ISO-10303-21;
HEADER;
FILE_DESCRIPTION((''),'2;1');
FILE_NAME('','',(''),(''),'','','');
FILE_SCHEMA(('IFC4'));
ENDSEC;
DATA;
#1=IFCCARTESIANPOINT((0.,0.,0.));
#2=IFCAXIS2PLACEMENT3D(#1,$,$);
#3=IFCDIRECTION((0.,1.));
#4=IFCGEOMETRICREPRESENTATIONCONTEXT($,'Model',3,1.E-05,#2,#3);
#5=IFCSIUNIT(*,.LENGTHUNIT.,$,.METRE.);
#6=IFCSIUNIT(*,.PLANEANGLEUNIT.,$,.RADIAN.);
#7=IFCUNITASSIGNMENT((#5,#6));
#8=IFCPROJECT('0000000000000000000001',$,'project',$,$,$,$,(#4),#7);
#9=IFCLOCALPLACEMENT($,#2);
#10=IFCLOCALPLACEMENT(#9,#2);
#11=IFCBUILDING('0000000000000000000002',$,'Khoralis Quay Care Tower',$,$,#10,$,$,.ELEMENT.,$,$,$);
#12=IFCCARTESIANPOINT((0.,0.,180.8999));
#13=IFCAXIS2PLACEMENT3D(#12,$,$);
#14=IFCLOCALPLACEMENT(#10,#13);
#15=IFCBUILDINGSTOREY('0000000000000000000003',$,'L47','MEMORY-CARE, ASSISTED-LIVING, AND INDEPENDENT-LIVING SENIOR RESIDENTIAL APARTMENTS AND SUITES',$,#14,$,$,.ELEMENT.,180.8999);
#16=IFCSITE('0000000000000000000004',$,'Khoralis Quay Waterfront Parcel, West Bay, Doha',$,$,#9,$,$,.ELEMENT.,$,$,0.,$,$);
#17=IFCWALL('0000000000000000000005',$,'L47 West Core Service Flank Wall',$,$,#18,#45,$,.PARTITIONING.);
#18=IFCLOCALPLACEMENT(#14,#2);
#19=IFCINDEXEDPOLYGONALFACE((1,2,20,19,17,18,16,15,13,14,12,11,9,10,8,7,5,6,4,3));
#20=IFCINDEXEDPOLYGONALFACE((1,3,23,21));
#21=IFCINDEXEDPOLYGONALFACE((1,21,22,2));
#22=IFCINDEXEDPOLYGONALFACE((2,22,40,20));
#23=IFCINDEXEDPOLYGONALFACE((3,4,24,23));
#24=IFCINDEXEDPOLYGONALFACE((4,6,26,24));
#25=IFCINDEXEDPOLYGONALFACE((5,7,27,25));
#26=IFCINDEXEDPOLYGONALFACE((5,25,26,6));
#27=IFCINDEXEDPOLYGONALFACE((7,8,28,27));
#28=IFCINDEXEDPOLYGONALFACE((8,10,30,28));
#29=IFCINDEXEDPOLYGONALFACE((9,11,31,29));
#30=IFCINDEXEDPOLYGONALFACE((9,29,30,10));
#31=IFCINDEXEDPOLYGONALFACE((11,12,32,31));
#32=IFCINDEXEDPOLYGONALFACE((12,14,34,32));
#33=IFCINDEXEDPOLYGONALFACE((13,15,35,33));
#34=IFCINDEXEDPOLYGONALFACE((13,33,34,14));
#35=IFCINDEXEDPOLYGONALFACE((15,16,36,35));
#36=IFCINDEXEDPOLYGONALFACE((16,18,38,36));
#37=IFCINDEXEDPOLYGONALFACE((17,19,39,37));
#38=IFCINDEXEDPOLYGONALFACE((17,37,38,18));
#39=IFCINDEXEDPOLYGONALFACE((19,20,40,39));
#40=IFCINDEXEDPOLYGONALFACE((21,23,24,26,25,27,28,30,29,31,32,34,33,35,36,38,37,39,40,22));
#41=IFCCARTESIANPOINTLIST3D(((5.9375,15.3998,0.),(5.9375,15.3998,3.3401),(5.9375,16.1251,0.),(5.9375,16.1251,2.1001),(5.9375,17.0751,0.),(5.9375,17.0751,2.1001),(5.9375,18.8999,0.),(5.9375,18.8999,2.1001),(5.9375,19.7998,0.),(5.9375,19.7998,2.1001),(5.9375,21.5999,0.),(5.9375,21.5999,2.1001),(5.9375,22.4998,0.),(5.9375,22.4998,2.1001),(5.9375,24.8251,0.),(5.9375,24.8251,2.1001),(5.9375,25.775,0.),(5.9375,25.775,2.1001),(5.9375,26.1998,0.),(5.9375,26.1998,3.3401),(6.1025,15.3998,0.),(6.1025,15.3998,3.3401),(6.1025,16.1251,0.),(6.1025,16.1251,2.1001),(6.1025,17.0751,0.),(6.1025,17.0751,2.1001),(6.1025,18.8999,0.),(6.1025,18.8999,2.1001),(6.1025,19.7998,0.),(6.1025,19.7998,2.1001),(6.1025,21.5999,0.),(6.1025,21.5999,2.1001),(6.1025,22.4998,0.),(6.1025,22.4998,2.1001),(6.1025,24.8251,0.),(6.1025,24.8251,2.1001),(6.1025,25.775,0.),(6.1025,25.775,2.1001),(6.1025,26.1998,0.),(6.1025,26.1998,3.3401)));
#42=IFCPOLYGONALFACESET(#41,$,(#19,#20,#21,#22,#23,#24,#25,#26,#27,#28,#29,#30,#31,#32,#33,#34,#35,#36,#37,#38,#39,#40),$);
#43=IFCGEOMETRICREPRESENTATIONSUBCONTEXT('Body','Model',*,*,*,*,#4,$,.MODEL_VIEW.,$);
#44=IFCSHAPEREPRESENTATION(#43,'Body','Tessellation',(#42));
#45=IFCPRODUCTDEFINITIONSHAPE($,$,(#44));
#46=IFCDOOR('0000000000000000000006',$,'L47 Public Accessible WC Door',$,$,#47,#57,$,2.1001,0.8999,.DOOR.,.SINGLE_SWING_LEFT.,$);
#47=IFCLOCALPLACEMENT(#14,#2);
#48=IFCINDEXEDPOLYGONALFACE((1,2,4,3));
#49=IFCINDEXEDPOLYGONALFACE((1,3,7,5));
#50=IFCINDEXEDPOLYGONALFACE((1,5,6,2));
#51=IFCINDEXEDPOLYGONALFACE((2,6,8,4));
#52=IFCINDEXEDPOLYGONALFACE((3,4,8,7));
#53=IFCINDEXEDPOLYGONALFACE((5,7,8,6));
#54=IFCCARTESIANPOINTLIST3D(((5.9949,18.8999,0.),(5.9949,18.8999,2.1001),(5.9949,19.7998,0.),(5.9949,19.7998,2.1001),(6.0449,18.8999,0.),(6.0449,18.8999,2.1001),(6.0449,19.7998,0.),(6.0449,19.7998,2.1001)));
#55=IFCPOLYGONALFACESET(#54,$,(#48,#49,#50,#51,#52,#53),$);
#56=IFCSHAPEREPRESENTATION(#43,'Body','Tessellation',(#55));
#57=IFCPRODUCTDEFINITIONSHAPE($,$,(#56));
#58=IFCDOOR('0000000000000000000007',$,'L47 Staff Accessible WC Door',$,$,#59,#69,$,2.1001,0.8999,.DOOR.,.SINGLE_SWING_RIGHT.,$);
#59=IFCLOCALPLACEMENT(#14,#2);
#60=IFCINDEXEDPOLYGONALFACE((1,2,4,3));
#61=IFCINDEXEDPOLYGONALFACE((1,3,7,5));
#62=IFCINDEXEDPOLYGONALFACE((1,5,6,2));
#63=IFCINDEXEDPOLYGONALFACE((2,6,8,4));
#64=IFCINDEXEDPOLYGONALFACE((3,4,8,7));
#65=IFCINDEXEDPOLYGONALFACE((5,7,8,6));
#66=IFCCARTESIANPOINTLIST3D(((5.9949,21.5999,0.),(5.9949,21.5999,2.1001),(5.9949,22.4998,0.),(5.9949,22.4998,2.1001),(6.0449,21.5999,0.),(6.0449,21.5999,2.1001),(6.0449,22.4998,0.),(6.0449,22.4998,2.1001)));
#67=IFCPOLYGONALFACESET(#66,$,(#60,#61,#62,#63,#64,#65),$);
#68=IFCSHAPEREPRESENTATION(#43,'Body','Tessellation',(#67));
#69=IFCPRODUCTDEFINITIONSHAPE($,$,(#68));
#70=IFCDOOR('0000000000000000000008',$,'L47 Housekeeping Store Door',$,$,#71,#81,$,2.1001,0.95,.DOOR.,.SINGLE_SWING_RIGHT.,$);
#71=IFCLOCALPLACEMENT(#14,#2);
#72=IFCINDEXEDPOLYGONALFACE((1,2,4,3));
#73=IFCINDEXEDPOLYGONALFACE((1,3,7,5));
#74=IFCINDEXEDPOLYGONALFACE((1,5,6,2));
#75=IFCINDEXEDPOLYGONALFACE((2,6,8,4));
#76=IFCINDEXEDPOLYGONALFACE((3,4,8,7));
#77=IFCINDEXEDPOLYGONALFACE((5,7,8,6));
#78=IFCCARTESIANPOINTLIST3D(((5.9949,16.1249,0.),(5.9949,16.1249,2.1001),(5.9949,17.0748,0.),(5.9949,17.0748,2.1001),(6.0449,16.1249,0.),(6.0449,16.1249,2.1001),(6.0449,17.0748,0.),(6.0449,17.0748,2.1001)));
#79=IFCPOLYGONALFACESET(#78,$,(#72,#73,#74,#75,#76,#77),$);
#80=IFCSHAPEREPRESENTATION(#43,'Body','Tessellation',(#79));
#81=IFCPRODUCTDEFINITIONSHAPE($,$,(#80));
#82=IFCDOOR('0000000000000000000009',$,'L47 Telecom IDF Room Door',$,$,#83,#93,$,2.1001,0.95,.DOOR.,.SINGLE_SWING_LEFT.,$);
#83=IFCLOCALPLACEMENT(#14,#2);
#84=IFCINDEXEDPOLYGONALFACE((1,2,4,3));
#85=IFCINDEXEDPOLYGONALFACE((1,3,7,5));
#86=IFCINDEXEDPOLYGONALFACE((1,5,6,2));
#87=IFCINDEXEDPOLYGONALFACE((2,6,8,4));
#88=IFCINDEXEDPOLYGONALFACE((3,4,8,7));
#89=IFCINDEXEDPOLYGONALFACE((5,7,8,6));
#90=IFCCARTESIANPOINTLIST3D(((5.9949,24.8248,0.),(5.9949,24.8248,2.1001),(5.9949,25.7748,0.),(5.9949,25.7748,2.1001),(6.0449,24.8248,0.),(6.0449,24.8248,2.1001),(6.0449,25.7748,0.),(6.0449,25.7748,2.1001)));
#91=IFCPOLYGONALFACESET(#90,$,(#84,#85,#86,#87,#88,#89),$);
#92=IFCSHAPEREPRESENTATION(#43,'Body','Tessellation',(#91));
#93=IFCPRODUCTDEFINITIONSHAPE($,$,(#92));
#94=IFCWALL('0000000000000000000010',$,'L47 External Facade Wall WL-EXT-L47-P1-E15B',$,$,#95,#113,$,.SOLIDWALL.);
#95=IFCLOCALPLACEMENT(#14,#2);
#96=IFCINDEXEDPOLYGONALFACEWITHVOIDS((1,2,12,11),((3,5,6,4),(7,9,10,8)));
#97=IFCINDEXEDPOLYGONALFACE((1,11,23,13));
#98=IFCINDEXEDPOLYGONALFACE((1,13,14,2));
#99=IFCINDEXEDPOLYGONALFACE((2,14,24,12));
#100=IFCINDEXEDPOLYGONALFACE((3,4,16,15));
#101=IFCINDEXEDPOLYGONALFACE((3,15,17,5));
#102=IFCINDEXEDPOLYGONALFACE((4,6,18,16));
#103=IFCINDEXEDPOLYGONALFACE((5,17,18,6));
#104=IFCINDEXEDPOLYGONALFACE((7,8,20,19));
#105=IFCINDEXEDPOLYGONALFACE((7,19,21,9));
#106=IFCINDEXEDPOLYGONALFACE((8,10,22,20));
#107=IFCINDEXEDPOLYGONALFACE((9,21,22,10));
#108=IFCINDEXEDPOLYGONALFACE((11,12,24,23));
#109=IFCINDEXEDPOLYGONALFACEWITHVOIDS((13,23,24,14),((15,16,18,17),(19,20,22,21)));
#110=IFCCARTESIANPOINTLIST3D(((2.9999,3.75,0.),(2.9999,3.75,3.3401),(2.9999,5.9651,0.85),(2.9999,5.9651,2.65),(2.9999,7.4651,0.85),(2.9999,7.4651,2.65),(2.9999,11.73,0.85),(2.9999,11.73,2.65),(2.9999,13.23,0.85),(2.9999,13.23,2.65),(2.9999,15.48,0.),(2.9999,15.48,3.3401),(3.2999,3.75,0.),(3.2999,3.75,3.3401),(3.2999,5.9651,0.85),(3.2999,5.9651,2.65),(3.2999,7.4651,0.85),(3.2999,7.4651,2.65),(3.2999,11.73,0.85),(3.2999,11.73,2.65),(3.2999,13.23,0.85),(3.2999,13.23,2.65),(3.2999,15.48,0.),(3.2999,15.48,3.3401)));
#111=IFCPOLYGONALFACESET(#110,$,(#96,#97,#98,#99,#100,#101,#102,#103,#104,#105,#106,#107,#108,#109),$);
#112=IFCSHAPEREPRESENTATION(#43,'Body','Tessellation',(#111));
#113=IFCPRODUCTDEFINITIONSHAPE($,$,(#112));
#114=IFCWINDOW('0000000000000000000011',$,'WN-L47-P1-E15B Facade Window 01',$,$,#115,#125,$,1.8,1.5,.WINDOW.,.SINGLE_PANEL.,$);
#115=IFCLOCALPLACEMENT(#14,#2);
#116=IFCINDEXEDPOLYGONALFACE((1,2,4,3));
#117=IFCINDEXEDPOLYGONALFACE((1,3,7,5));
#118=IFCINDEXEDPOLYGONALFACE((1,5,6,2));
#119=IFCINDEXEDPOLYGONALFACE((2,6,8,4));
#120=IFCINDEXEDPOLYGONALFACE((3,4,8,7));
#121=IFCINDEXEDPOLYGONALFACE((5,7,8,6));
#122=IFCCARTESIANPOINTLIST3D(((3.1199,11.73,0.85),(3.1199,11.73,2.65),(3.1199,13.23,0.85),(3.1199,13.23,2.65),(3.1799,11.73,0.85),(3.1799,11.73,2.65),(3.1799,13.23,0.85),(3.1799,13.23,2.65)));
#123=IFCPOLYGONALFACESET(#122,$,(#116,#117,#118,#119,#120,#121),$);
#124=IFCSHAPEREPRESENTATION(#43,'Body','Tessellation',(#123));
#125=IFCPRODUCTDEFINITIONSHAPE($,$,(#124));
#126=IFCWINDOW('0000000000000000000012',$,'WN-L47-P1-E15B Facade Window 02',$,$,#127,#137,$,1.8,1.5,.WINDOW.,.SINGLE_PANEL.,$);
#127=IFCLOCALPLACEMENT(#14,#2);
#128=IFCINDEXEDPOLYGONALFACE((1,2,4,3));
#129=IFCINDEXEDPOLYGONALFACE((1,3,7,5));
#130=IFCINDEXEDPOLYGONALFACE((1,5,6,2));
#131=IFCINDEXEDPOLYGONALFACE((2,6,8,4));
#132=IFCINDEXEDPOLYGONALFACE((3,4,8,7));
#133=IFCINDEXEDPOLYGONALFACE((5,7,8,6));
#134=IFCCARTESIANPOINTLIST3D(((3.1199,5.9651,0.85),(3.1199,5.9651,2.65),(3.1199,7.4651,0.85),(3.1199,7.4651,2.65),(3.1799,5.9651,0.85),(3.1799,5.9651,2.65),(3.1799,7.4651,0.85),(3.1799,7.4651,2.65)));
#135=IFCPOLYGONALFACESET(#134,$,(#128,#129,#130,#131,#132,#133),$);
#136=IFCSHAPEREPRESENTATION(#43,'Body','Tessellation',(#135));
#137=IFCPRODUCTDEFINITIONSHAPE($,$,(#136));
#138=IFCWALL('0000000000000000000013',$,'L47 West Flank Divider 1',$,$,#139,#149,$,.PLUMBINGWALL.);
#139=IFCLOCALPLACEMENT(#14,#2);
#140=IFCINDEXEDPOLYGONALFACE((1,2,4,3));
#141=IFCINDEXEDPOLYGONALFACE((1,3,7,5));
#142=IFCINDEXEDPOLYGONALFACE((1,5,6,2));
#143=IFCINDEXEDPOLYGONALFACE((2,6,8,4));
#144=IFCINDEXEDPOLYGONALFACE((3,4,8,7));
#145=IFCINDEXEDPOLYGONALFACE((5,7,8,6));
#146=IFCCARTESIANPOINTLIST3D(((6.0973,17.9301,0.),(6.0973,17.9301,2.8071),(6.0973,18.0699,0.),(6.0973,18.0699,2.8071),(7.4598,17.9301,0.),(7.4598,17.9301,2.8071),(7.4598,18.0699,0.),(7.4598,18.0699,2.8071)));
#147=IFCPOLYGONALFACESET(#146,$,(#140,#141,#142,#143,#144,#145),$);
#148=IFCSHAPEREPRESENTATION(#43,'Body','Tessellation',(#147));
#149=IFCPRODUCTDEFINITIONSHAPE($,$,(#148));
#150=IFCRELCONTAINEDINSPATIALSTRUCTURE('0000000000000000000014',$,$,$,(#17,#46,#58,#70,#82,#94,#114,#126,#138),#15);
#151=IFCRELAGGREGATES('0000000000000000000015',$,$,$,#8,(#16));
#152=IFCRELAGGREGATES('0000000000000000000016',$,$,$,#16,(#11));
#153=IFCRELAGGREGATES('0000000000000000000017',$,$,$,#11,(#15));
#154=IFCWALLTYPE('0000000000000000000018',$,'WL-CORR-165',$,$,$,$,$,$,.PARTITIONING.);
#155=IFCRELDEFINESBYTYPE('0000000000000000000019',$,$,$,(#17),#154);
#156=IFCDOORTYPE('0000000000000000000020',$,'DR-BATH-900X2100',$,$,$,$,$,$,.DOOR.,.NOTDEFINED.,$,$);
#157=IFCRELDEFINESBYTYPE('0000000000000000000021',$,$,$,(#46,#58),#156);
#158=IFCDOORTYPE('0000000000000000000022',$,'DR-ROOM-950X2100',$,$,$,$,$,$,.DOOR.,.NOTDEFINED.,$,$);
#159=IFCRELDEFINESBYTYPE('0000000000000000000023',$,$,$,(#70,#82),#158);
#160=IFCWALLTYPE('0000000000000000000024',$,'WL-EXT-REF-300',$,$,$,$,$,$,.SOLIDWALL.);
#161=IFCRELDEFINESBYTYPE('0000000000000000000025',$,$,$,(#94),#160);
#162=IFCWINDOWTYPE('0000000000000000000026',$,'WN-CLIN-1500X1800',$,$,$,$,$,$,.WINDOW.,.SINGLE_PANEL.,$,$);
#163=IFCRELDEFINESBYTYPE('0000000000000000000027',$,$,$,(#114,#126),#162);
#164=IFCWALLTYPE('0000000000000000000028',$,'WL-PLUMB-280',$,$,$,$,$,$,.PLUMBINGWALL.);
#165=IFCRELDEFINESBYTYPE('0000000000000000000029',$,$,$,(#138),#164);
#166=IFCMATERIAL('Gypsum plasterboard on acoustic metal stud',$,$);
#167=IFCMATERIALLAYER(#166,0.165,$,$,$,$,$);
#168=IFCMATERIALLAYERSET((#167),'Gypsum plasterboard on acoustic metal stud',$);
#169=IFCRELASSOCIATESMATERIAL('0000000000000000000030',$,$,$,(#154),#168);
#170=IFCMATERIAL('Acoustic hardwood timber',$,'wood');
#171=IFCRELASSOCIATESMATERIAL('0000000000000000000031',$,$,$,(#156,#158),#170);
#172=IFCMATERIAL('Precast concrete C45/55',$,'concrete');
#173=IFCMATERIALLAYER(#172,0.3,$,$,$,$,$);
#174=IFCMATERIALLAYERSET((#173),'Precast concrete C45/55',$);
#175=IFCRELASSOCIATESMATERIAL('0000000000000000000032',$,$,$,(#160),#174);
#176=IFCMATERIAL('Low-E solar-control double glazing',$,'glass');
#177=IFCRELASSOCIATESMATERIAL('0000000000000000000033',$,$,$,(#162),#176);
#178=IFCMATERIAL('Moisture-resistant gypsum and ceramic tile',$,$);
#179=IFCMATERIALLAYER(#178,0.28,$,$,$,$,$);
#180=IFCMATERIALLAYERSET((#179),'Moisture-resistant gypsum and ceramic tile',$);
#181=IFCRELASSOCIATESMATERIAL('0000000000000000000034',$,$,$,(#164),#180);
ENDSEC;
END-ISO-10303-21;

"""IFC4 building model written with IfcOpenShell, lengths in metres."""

from ifc_helpers import new_model, si_unit, direction, frame, frame_2d, origin, place, context, subcontext, project, spatial, rectangle, extrude, source, transform, mapped, material, layer, layer_set, type_object, element, fill, save


model = new_model("IFC4")

# Units and contexts
model_context = context("Model", 3, precision=1e-05, world=origin(), true_north=direction((0.0, 1.0)))
body_context = subcontext(model_context, "Body", "Model", "MODEL_VIEW")
ifc_project = project(units=[si_unit("LENGTHUNIT", "METRE"), si_unit("PLANEANGLEUNIT", "RADIAN")], contexts=[model_context])

# Site, building, storey
site_placement = place(None, origin())
site = spatial("IfcSite", under=ifc_project, at=site_placement, Name="Khoralis Quay Waterfront Parcel, West Bay, Doha", CompositionType="ELEMENT", RefElevation=0.0)
building_placement = place(site_placement, origin())
building = spatial("IfcBuilding", under=site, at=building_placement, Name="Khoralis Quay Care Tower", CompositionType="ELEMENT")
storey_placement = place(building_placement, frame((0.0, 0.0, 180.8999)))
storey = spatial("IfcBuildingStorey", under=building, at=storey_placement, Name="L47", Description="MEMORY-CARE, ASSISTED-LIVING, AND INDEPENDENT-LIVING SENIOR RESIDENTIAL APARTMENTS AND SUITES", CompositionType="ELEMENT", Elevation=180.8999)

# Shared definitions
ifc_material_1 = material(Name="Low-E solar-control double glazing", Category="glass")

# Wall, openings, doors
ifc_material_2 = material(Name="Gypsum plasterboard on acoustic metal stud")
ifc_layer_1 = layer(ifc_material_2, 0.165)
ifc_layer_set_1 = layer_set([ifc_layer_1], Name="Gypsum plasterboard on acoustic metal stud")
wall_type_1 = type_object("IfcWallType", Name="WL-CORR-165", PredefinedType="PARTITIONING", material=ifc_layer_set_1)
wall_1_placement = place(storey_placement, frame((6.02, 15.3999, 0.0), z_axis=(0.0, 0.0, 1.0), x_axis=(0.0, 1.0, 0.0)))
wall_1 = element("IfcWall", 1, at=wall_1_placement, inside=storey, type_object=wall_type_1, Name="L47 West Core Service Flank Wall", PredefinedType="PARTITIONING", context=body_context, shape_type="SweptSolid", body=[
    extrude(rectangle(XDim=10.8, YDim=0.165, at=frame_2d((5.3999, 0.0))), origin(), (0.0, 0.0, 1.0), 3.3401),
])
opening_1_placement = place(wall_1_placement, frame((0.7251, 0.0, 0.0)))
opening_1 = element("IfcOpeningElement", 2, at=opening_1_placement, cuts=wall_1, PredefinedType="OPENING", context=body_context, shape_type="SweptSolid", body=[
    extrude(rectangle(XDim=0.95, YDim=2.1001, at=frame_2d((0.4751, 1.05))), frame((0.0, 0.0925, 0.0), z_axis=(0.0, -1.0, 0.0), x_axis=(1.0, 0.0, 0.0)), (0.0, 0.0, 1.0), 0.1851),
])
opening_2_placement = place(wall_1_placement, frame((3.5, 0.0, 0.0)))
opening_2 = element("IfcOpeningElement", 3, at=opening_2_placement, cuts=wall_1, PredefinedType="OPENING", context=body_context, shape_type="SweptSolid", body=[
    extrude(rectangle(XDim=0.8999, YDim=2.1001, at=frame_2d((0.45, 1.05))), frame((0.0, 0.0925, 0.0), z_axis=(0.0, -1.0, 0.0), x_axis=(1.0, 0.0, 0.0)), (0.0, 0.0, 1.0), 0.1851),
])
opening_3_placement = place(wall_1_placement, frame((6.2, 0.0, 0.0)))
opening_3 = element("IfcOpeningElement", 4, at=opening_3_placement, cuts=wall_1, PredefinedType="OPENING", context=body_context, shape_type="SweptSolid", body=[
    extrude(rectangle(XDim=0.8999, YDim=2.1001, at=frame_2d((0.45, 1.05))), frame((0.0, 0.0925, 0.0), z_axis=(0.0, -1.0, 0.0), x_axis=(1.0, 0.0, 0.0)), (0.0, 0.0, 1.0), 0.1851),
])
opening_4_placement = place(wall_1_placement, frame((9.425, 0.0, 0.0)))
opening_4 = element("IfcOpeningElement", 5, at=opening_4_placement, cuts=wall_1, PredefinedType="OPENING", context=body_context, shape_type="SweptSolid", body=[
    extrude(rectangle(XDim=0.95, YDim=2.1001, at=frame_2d((0.4751, 1.05))), frame((0.0, 0.0925, 0.0), z_axis=(0.0, -1.0, 0.0), x_axis=(1.0, 0.0, 0.0)), (0.0, 0.0, 1.0), 0.1851),
])
ifc_material_3 = material(Name="Acoustic hardwood timber", Category="wood")
door_type_1 = type_object("IfcDoorType", Name="DR-BATH-900X2100", OperationType="NOTDEFINED", PredefinedType="DOOR", material=ifc_material_3)
shared_shape_1 = source(origin(), body_context, "Body", "SweptSolid", [
    extrude(rectangle(XDim=0.8999, YDim=2.1001, at=frame_2d((0.45, 1.05))), frame((0.0, 0.0249, 0.0), z_axis=(0.0, -1.0, 0.0), x_axis=(1.0, 0.0, 0.0)), (0.0, 0.0, 1.0), 0.05),
])
door_1_placement = place(opening_2_placement, frame((0.8999, 0.0, 0.0), z_axis=(0.0, 0.0, 1.0), x_axis=(-1.0, 0.0, 0.0)))
door_1 = element("IfcDoor", 6, at=door_1_placement, inside=storey, type_object=door_type_1, Name="L47 Public Accessible WC Door", OperationType="SINGLE_SWING_LEFT", OverallHeight=2.1001, OverallWidth=0.8999, PredefinedType="DOOR", context=body_context, shape_type="MappedRepresentation", body=[
    mapped(shared_shape_1, transform((0.0, 0.0, 0.0), scale=1.0)),
])
fill(opening_2, door_1)
door_2_placement = place(opening_3_placement, frame((0.8999, 0.0, 0.0), z_axis=(0.0, 0.0, 1.0), x_axis=(-1.0, 0.0, 0.0)))
door_2 = element("IfcDoor", 7, at=door_2_placement, inside=storey, type_object=door_type_1, Name="L47 Staff Accessible WC Door", OperationType="SINGLE_SWING_RIGHT", OverallHeight=2.1001, OverallWidth=0.8999, PredefinedType="DOOR", context=body_context, shape_type="MappedRepresentation", body=[
    mapped(shared_shape_1, transform((0.0, 0.0, 0.0), scale=1.0)),
])
fill(opening_3, door_2)
door_type_2 = type_object("IfcDoorType", Name="DR-ROOM-950X2100", OperationType="NOTDEFINED", PredefinedType="DOOR", material=ifc_material_3)
shared_shape_2 = source(origin(), body_context, "Body", "SweptSolid", [
    extrude(rectangle(XDim=0.95, YDim=2.1001, at=frame_2d((0.4751, 1.05))), frame((0.0, 0.0249, 0.0), z_axis=(0.0, -1.0, 0.0), x_axis=(1.0, 0.0, 0.0)), (0.0, 0.0, 1.0), 0.05),
])
door_3_placement = place(opening_1_placement, frame((0.95, 0.0, 0.0), z_axis=(0.0, 0.0, 1.0), x_axis=(-1.0, 0.0, 0.0)))
door_3 = element("IfcDoor", 8, at=door_3_placement, inside=storey, type_object=door_type_2, Name="L47 Housekeeping Store Door", OperationType="SINGLE_SWING_RIGHT", OverallHeight=2.1001, OverallWidth=0.95, PredefinedType="DOOR", context=body_context, shape_type="MappedRepresentation", body=[
    mapped(shared_shape_2, transform((0.0, 0.0, 0.0), scale=1.0)),
])
fill(opening_1, door_3)
door_4_placement = place(opening_4_placement, frame((0.95, 0.0, 0.0), z_axis=(0.0, 0.0, 1.0), x_axis=(-1.0, 0.0, 0.0)))
door_4 = element("IfcDoor", 9, at=door_4_placement, inside=storey, type_object=door_type_2, Name="L47 Telecom IDF Room Door", OperationType="SINGLE_SWING_LEFT", OverallHeight=2.1001, OverallWidth=0.95, PredefinedType="DOOR", context=body_context, shape_type="MappedRepresentation", body=[
    mapped(shared_shape_2, transform((0.0, 0.0, 0.0), scale=1.0)),
])
fill(opening_4, door_4)

# Wall, openings, windows
ifc_material_4 = material(Name="Precast concrete C45/55", Category="concrete")
ifc_layer_2 = layer(ifc_material_4, 0.3)
ifc_layer_set_2 = layer_set([ifc_layer_2], Name="Precast concrete C45/55")
wall_type_2 = type_object("IfcWallType", Name="WL-EXT-REF-300", PredefinedType="SOLIDWALL", material=ifc_layer_set_2)
wall_2_placement = place(storey_placement, frame((3.1499, 15.48, 0.0), z_axis=(0.0, 0.0, 1.0), x_axis=(0.0, -1.0, 0.0)))
wall_2 = element("IfcWall", 10, at=wall_2_placement, inside=storey, type_object=wall_type_2, Name="L47 External Facade Wall WL-EXT-L47-P1-E15B", PredefinedType="SOLIDWALL", context=body_context, shape_type="SweptSolid", body=[
    extrude(rectangle(XDim=11.73, YDim=0.3, at=frame_2d((5.865, 0.0))), origin(), (0.0, 0.0, 1.0), 3.3401),
])
opening_5_placement = place(wall_2_placement, frame((2.25, 0.0, 0.8501)))
opening_5 = element("IfcOpeningElement", 11, at=opening_5_placement, cuts=wall_2, PredefinedType="OPENING", context=body_context, shape_type="SweptSolid", body=[
    extrude(rectangle(XDim=1.5, YDim=1.8, at=frame_2d((0.75, 0.8999))), frame((0.0, 0.1602, 0.0), z_axis=(0.0, -1.0, 0.0), x_axis=(1.0, 0.0, 0.0)), (0.0, 0.0, 1.0), 0.3201),
])
opening_6_placement = place(wall_2_placement, frame((8.0149, 0.0, 0.8501)))
opening_6 = element("IfcOpeningElement", 12, at=opening_6_placement, cuts=wall_2, PredefinedType="OPENING", context=body_context, shape_type="SweptSolid", body=[
    extrude(rectangle(XDim=1.5, YDim=1.8, at=frame_2d((0.75, 0.8999))), frame((0.0, 0.1602, 0.0), z_axis=(0.0, -1.0, 0.0), x_axis=(1.0, 0.0, 0.0)), (0.0, 0.0, 1.0), 0.3201),
])
window_type = type_object("IfcWindowType", Name="WN-CLIN-1500X1800", PartitioningType="SINGLE_PANEL", PredefinedType="WINDOW", material=ifc_material_1)
shared_shape_3 = source(origin(), body_context, "Body", "SweptSolid", [
    extrude(rectangle(XDim=1.5, YDim=1.8, at=frame_2d((0.75, 0.8999))), frame((0.0, 0.03, 0.0), z_axis=(0.0, -1.0, 0.0), x_axis=(1.0, 0.0, 0.0)), (0.0, 0.0, 1.0), 0.0601),
])
window_1_placement = place(opening_5_placement, origin())
window_1 = element("IfcWindow", 13, at=window_1_placement, inside=storey, type_object=window_type, Name="WN-L47-P1-E15B Facade Window 01", OverallHeight=1.8, OverallWidth=1.5, PartitioningType="SINGLE_PANEL", PredefinedType="WINDOW", context=body_context, shape_type="MappedRepresentation", body=[
    mapped(shared_shape_3, transform((0.0, 0.0, 0.0), scale=1.0)),
])
fill(opening_5, window_1)
window_2_placement = place(opening_6_placement, origin())
window_2 = element("IfcWindow", 14, at=window_2_placement, inside=storey, type_object=window_type, Name="WN-L47-P1-E15B Facade Window 02", OverallHeight=1.8, OverallWidth=1.5, PartitioningType="SINGLE_PANEL", PredefinedType="WINDOW", context=body_context, shape_type="MappedRepresentation", body=[
    mapped(shared_shape_3, transform((0.0, 0.0, 0.0), scale=1.0)),
])
fill(opening_6, window_2)

# Wall
ifc_material_5 = material(Name="Moisture-resistant gypsum and ceramic tile")
ifc_layer_3 = layer(ifc_material_5, 0.28)
ifc_layer_set_3 = layer_set([ifc_layer_3], Name="Moisture-resistant gypsum and ceramic tile")
wall_type_3 = type_object("IfcWallType", Name="WL-PLUMB-280", PredefinedType="PLUMBINGWALL", material=ifc_layer_set_3)
wall_3_placement = place(storey_placement, frame((6.0974, 18.0, 0.0), z_axis=(0.0, 0.0, 1.0), x_axis=(1.0, 0.0, 0.0)))
element("IfcWall", 15, at=wall_3_placement, inside=storey, type_object=wall_type_3, Name="L47 West Flank Divider 1", PredefinedType="PLUMBINGWALL", context=body_context, shape_type="SweptSolid", body=[
    extrude(rectangle(XDim=1.3625, YDim=0.1399, at=frame_2d((0.6812, 0.0))), origin(), (0.0, 0.0, 1.0), 2.8071),
])

save(model, "model.ifc")
